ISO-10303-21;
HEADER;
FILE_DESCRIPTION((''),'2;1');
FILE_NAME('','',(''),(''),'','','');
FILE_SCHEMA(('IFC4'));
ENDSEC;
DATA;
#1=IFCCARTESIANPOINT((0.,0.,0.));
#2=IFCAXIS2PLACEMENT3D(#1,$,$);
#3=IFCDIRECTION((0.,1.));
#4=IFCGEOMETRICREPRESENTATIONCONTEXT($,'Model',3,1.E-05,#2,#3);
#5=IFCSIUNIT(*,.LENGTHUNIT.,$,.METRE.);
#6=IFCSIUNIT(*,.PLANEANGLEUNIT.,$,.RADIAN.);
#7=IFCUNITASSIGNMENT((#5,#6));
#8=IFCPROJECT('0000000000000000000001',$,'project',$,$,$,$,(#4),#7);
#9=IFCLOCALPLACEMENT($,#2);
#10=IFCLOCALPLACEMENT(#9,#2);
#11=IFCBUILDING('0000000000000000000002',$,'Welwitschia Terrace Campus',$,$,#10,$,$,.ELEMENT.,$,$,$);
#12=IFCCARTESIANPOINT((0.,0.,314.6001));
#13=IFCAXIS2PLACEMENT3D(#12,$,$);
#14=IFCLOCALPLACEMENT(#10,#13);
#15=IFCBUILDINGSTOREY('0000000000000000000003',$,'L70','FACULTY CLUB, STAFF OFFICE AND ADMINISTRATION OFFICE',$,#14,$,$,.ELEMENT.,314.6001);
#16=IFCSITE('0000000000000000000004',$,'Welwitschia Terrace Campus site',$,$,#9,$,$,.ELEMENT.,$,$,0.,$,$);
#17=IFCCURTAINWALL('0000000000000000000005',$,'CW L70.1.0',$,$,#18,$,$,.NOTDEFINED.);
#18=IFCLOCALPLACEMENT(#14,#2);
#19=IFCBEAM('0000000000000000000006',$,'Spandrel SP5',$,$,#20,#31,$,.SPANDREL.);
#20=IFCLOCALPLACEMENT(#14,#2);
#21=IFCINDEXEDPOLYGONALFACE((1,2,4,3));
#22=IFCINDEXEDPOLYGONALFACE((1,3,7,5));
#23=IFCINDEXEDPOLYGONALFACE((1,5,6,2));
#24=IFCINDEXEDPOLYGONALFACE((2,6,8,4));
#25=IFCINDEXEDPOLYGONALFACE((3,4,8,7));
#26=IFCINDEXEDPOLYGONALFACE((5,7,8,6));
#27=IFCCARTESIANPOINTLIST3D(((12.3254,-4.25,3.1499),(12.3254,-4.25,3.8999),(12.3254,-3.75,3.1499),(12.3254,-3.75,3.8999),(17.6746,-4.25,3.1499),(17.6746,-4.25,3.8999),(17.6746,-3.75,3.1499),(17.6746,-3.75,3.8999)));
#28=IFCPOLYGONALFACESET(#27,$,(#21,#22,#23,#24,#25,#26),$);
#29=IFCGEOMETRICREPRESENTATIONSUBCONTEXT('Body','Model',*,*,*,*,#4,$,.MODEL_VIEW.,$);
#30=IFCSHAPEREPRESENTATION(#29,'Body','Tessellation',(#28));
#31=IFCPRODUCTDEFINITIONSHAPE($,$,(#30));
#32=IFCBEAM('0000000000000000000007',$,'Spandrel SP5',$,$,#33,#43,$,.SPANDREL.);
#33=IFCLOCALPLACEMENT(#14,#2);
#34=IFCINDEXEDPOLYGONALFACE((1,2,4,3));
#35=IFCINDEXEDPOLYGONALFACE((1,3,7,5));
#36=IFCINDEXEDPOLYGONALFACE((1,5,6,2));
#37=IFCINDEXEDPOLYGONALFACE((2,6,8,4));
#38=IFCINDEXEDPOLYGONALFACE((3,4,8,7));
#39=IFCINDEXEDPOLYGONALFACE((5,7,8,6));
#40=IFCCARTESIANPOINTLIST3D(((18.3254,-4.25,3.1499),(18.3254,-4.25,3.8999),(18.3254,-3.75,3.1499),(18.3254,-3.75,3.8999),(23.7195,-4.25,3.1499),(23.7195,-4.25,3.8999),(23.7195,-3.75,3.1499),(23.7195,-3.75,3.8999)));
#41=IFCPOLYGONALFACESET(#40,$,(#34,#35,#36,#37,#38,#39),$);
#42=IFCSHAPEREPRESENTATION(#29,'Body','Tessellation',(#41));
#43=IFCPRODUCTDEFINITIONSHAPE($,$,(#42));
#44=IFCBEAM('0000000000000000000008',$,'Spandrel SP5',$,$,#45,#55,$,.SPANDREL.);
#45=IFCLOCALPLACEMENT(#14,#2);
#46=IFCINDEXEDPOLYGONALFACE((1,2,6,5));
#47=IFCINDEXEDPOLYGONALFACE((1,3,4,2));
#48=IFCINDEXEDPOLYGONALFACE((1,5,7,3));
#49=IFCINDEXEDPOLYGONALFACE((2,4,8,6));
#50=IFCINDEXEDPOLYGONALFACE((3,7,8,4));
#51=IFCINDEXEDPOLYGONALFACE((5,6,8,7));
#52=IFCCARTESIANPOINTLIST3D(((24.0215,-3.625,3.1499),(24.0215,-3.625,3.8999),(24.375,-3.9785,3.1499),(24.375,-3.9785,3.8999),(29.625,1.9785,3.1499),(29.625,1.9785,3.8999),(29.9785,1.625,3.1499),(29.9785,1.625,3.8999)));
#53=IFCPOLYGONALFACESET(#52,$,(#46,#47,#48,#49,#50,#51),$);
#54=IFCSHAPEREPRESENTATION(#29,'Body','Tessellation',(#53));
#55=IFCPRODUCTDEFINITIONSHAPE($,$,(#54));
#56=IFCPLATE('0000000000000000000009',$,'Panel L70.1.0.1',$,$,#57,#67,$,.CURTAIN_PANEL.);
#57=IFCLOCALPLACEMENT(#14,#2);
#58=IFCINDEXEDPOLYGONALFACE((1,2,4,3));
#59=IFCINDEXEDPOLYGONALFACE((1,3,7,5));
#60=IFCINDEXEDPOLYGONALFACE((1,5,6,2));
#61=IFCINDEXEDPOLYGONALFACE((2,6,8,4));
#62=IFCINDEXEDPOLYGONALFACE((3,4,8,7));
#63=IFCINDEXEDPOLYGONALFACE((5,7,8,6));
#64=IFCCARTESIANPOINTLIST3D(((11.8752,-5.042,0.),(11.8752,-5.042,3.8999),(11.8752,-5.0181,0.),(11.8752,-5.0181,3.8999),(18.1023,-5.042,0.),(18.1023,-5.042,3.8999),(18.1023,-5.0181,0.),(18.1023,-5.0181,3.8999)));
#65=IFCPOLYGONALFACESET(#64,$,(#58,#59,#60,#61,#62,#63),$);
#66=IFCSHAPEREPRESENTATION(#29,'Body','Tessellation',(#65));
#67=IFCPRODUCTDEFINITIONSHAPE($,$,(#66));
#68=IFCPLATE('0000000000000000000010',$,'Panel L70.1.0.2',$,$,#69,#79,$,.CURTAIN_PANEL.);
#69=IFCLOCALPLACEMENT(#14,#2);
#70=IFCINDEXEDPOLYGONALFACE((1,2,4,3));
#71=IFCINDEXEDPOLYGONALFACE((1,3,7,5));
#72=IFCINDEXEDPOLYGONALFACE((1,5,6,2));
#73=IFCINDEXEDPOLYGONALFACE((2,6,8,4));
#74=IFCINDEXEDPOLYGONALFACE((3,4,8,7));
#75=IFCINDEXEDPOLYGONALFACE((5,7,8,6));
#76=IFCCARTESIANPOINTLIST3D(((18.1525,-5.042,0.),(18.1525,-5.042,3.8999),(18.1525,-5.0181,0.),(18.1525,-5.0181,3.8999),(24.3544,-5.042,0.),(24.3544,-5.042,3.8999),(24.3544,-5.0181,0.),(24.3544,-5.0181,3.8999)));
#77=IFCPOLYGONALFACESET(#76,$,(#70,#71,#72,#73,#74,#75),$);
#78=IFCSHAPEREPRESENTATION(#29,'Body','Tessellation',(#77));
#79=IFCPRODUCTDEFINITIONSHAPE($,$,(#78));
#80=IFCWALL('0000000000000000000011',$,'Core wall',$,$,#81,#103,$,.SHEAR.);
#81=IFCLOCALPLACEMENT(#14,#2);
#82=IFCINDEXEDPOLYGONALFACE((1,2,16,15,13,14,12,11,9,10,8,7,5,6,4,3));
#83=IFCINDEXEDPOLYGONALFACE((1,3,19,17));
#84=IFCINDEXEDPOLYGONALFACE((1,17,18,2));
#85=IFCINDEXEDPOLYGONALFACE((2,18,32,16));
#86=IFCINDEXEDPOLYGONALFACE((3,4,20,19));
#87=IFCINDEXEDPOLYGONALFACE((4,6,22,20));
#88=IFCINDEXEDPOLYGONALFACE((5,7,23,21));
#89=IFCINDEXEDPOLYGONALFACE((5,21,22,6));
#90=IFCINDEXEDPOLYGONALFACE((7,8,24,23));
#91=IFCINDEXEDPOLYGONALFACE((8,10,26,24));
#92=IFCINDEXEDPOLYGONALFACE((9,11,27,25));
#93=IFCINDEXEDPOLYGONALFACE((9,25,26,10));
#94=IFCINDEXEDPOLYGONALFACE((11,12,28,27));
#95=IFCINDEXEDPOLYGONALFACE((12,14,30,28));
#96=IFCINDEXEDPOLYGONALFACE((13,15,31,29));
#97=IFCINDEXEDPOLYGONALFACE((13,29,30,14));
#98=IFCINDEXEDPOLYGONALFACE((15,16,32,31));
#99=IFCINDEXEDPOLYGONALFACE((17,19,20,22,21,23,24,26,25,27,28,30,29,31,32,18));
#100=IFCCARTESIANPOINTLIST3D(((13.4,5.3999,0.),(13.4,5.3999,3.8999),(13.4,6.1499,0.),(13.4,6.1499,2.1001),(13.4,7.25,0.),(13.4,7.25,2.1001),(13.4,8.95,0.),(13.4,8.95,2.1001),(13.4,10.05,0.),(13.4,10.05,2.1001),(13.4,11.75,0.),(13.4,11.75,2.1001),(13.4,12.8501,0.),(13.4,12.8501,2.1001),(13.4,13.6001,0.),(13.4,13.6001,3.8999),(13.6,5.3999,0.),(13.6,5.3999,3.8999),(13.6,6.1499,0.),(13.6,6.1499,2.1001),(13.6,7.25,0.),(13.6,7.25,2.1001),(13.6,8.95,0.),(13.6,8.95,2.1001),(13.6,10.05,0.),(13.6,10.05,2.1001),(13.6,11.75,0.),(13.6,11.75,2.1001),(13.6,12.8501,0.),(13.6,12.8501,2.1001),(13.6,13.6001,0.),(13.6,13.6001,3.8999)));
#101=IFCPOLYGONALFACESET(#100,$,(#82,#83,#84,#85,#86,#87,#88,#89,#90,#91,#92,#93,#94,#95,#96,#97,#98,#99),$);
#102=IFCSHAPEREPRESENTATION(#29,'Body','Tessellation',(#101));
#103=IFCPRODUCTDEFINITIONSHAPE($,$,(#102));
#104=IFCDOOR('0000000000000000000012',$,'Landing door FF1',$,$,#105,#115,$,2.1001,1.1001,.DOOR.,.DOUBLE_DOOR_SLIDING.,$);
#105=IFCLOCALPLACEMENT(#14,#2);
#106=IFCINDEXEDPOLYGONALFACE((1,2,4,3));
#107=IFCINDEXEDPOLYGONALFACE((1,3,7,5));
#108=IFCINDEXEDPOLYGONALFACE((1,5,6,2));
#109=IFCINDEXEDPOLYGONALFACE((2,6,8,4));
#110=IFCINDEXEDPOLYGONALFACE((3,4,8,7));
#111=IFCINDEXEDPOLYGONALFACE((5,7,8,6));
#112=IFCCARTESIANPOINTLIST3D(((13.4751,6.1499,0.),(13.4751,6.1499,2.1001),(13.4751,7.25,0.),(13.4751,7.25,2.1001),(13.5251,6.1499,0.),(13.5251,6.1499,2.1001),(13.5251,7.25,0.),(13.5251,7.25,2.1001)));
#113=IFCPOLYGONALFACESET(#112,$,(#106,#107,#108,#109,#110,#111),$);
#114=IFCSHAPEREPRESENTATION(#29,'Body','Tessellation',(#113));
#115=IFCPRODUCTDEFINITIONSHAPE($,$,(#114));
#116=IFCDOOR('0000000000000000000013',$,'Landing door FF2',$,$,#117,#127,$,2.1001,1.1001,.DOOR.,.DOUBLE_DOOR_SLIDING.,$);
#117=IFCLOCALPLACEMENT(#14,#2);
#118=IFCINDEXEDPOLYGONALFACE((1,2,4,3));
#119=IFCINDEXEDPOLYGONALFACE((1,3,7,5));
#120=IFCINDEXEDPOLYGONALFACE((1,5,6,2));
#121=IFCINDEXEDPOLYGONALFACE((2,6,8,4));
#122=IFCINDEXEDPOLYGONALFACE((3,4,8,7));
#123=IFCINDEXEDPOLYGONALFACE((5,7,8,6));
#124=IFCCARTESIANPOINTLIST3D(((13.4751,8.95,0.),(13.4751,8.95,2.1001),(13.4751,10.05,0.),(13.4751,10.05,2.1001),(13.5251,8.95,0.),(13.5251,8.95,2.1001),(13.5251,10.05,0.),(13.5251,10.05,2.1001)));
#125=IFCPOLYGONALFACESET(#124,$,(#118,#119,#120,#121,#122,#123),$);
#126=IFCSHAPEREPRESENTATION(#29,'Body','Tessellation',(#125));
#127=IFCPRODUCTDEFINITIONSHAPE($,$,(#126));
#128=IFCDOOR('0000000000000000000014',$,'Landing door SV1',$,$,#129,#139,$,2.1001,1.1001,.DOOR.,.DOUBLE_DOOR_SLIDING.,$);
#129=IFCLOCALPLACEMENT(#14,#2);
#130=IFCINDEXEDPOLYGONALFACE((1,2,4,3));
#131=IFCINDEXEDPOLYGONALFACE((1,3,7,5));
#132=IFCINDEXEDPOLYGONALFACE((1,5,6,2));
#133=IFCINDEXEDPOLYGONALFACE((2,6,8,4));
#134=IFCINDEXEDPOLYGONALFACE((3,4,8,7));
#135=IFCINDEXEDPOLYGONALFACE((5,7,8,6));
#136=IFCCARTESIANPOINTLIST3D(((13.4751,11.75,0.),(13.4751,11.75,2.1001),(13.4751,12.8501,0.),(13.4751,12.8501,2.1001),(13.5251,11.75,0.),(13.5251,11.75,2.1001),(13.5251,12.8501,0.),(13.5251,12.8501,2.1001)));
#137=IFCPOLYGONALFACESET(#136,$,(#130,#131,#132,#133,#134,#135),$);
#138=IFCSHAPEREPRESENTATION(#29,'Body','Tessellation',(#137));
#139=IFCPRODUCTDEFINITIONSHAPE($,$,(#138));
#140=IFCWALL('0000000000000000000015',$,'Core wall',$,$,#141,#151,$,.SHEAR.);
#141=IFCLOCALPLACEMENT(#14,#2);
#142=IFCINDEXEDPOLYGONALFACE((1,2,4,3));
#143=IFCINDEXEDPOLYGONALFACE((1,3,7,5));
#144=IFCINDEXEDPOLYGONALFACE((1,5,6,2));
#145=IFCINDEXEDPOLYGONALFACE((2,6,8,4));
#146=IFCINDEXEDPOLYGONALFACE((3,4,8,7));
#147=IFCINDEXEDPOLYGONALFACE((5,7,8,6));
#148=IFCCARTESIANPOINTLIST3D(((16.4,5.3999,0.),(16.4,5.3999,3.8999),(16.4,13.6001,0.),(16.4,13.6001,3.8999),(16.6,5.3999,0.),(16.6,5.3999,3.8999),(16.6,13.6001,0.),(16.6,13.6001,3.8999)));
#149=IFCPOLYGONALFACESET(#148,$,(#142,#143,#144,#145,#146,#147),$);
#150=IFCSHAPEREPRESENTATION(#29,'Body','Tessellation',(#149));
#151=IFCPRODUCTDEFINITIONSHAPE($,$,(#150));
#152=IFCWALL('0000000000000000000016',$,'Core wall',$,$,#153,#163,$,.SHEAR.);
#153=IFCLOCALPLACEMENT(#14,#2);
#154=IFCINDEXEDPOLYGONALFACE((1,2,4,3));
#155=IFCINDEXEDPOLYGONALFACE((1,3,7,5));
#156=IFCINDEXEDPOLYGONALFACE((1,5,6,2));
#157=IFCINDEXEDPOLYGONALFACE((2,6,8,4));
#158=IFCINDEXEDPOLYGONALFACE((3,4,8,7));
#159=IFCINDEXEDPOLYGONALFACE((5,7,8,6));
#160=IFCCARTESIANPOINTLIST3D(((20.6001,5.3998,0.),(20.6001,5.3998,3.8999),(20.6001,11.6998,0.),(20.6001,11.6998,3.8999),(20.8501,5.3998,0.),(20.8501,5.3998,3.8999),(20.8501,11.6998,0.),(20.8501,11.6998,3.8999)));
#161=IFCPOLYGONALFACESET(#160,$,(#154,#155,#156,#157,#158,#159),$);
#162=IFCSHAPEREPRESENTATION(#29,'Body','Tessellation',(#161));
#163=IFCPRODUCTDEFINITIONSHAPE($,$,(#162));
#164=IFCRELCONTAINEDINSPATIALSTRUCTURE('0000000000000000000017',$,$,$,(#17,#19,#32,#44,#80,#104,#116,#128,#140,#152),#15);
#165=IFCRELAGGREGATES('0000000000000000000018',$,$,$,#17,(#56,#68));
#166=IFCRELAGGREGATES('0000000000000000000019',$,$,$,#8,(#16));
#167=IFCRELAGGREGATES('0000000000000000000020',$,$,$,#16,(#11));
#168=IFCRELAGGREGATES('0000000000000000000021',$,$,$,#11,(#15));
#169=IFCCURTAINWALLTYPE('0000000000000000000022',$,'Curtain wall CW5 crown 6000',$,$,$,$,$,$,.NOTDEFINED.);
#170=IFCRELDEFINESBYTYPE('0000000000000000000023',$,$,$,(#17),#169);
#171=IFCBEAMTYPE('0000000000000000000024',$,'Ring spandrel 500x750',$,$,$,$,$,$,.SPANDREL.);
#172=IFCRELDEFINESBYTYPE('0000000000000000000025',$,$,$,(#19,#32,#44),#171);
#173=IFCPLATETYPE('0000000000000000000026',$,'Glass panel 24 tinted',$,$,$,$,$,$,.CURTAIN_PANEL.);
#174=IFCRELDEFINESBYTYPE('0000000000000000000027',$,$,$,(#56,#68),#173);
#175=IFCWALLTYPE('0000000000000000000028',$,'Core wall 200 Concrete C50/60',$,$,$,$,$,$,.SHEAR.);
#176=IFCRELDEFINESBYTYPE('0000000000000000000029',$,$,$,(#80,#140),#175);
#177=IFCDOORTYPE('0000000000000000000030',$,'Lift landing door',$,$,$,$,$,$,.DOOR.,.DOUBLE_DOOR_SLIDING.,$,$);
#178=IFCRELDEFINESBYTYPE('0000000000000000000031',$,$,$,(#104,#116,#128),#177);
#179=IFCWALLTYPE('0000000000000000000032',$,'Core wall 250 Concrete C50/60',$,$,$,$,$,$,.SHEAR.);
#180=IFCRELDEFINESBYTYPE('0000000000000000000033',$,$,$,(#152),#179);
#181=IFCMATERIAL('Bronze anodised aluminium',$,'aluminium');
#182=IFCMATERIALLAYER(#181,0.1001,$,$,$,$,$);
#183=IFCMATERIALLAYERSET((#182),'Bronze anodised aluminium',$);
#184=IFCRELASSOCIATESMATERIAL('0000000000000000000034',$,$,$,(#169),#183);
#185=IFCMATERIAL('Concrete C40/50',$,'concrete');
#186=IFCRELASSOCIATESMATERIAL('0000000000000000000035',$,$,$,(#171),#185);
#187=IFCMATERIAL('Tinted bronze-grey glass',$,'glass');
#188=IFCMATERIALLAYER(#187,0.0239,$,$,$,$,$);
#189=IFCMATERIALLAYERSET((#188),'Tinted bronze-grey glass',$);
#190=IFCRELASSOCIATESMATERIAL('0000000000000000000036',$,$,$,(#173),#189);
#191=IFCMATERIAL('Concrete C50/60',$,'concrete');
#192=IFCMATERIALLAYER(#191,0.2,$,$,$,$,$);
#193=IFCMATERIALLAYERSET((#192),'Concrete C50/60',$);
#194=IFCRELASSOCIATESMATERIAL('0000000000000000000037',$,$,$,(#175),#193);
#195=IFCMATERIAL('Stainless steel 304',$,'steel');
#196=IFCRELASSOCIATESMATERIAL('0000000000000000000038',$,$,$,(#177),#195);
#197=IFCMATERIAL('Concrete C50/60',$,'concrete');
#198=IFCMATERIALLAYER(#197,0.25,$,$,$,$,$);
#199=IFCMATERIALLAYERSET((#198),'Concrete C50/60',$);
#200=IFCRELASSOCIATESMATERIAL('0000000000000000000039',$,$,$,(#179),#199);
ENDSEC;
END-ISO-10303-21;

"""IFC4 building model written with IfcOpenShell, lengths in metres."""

from ifc_helpers import new_model, si_unit, direction, frame, frame_2d, origin, origin_2d, place, context, subcontext, project, spatial, rectangle, extrude, material, layer, layer_set, material_profile, profile_set, type_object, element, fill, aggregate, save


model = new_model("IFC4")

# Units and contexts
model_context = context("Model", 3, precision=1e-05, world=origin(), true_north=direction((0.0, 1.0)))
body_context = subcontext(model_context, "Body", "Model", "MODEL_VIEW")
ifc_project = project(units=[si_unit("LENGTHUNIT", "METRE"), si_unit("PLANEANGLEUNIT", "RADIAN")], contexts=[model_context])

# Site, building, storey
site_placement = place(None, origin())
site = spatial("IfcSite", under=ifc_project, at=site_placement, Name="Welwitschia Terrace Campus site", CompositionType="ELEMENT", RefElevation=0.0)
building_placement = place(site_placement, origin())
building = spatial("IfcBuilding", under=site, at=building_placement, Name="Welwitschia Terrace Campus", CompositionType="ELEMENT")
storey_placement = place(building_placement, frame((0.0, 0.0, 314.6001)))
storey = spatial("IfcBuildingStorey", under=building, at=storey_placement, Name="L70", Description="FACULTY CLUB, STAFF OFFICE AND ADMINISTRATION OFFICE", CompositionType="ELEMENT", Elevation=314.6001)

# Curtain wall
ifc_material_1 = material(Name="Bronze anodised aluminium", Category="aluminium")
ifc_layer_1 = layer(ifc_material_1, 0.1001)
ifc_layer_set_1 = layer_set([ifc_layer_1], Name="Bronze anodised aluminium")
curtain_wall_type = type_object("IfcCurtainWallType", Name="Curtain wall CW5 crown 6000", PredefinedType="NOTDEFINED", material=ifc_layer_set_1)
curtain_wall_placement = place(storey_placement, origin())
curtain_wall = element("IfcCurtainWall", 1, at=curtain_wall_placement, inside=storey, type_object=curtain_wall_type, Name="CW L70.1.0", PredefinedType="NOTDEFINED")

# Beams
ifc_material_2 = material(Name="Concrete C40/50", Category="concrete")
ifc_material_profile_1 = material_profile(ifc_material_2, rectangle(XDim=0.5, YDim=0.75, at=origin_2d()))
ifc_profile_set_1 = profile_set([ifc_material_profile_1], Name="Concrete C40/50")
beam_type_1 = type_object("IfcBeamType", Name="Ring spandrel 500x750", PredefinedType="SPANDREL", material=ifc_profile_set_1)
beam_1_placement = place(storey_placement, frame((12.3254, -4.0, 3.5249), z_axis=(1.0, 0.0, 0.0), x_axis=(0.0, 1.0, 0.0)))
element("IfcBeam", 2, at=beam_1_placement, inside=storey, type_object=beam_type_1, Name="Spandrel SP5", PredefinedType="SPANDREL", context=body_context, shape_type="SweptSolid", body=[
    extrude(rectangle(XDim=0.5, YDim=0.75, at=origin_2d()), origin(), (0.0, 0.0, 1.0), 5.3491),
])
beam_2_placement = place(storey_placement, frame((18.3254, -4.0, 3.5249), z_axis=(1.0, 0.0, 0.0), x_axis=(0.0, 1.0, 0.0)))
element("IfcBeam", 3, at=beam_2_placement, inside=storey, type_object=beam_type_1, Name="Spandrel SP5", PredefinedType="SPANDREL", context=body_context, shape_type="SweptSolid", body=[
    extrude(rectangle(XDim=0.5, YDim=0.75, at=origin_2d()), origin(), (0.0, 0.0, 1.0), 5.394),
])
beam_3_placement = place(storey_placement, frame((24.1982, -3.8018, 3.5249), z_axis=(0.707107, 0.707107, 0.0), x_axis=(-0.707107, 0.707107, 0.0)))
element("IfcBeam", 4, at=beam_3_placement, inside=storey, type_object=beam_type_1, Name="Spandrel SP5", PredefinedType="SPANDREL", context=body_context, shape_type="SweptSolid", body=[
    extrude(rectangle(XDim=0.5, YDim=0.75, at=origin_2d()), origin(), (0.0, 0.0, 1.0), 7.9246),
])

# Plates
ifc_material_3 = material(Name="Tinted bronze-grey glass", Category="glass")
ifc_layer_2 = layer(ifc_material_3, 0.0239)
ifc_layer_set_2 = layer_set([ifc_layer_2], Name="Tinted bronze-grey glass")
plate_type = type_object("IfcPlateType", Name="Glass panel 24 tinted", PredefinedType="CURTAIN_PANEL", material=ifc_layer_set_2)
plate_1_placement = place(storey_placement, frame((14.9888, -5.03, 0.0), z_axis=(0.0, 0.0, 1.0), x_axis=(1.0, 0.0, 0.0)))
plate_1 = element("IfcPlate", 5, at=plate_1_placement, type_object=plate_type, Name="Panel L70.1.0.1", PredefinedType="CURTAIN_PANEL", context=body_context, shape_type="SweptSolid", body=[
    extrude(rectangle(XDim=6.2271, YDim=0.0239, at=origin_2d()), origin(), (0.0, 0.0, 1.0), 3.8999),
])
plate_2_placement = place(storey_placement, frame((21.2534, -5.03, 0.0), z_axis=(0.0, 0.0, 1.0), x_axis=(1.0, 0.0, 0.0)))
plate_2 = element("IfcPlate", 6, at=plate_2_placement, type_object=plate_type, Name="Panel L70.1.0.2", PredefinedType="CURTAIN_PANEL", context=body_context, shape_type="SweptSolid", body=[
    extrude(rectangle(XDim=6.2019, YDim=0.0239, at=origin_2d()), origin(), (0.0, 0.0, 1.0), 3.8999),
])
aggregate(curtain_wall, [plate_1, plate_2])

# Wall, openings, doors
ifc_material_4 = material(Name="Concrete C50/60", Category="concrete")
ifc_layer_3 = layer(ifc_material_4, 0.2)
ifc_layer_set_3 = layer_set([ifc_layer_3], Name="Concrete C50/60")
wall_type_1 = type_object("IfcWallType", Name="Core wall 200 Concrete C50/60", PredefinedType="SHEAR", material=ifc_layer_set_3)
wall_1_placement = place(storey_placement, frame((13.5, 5.3999, 0.0), z_axis=(0.0, 0.0, 1.0), x_axis=(0.0, 1.0, 0.0)))
wall_1 = element("IfcWall", 7, at=wall_1_placement, inside=storey, type_object=wall_type_1, Name="Core wall", PredefinedType="SHEAR", context=body_context, shape_type="SweptSolid", body=[
    extrude(rectangle(XDim=8.2002, YDim=0.2, at=frame_2d((4.1001, 0.0))), origin(), (0.0, 0.0, 1.0), 3.8999),
])
opening_1_placement = place(wall_1_placement, frame((0.75, 0.0, 0.0)))
opening_1 = element("IfcOpeningElement", 8, at=opening_1_placement, cuts=wall_1, PredefinedType="OPENING", context=body_context, shape_type="SweptSolid", body=[
    extrude(rectangle(XDim=1.1001, YDim=2.1001, at=frame_2d((0.55, 1.05))), frame((0.0, 0.1099, 0.0), z_axis=(0.0, -1.0, 0.0), x_axis=(1.0, 0.0, 0.0)), (0.0, 0.0, 1.0), 0.22),
])
opening_2_placement = place(wall_1_placement, frame((3.55, 0.0, 0.0)))
opening_2 = element("IfcOpeningElement", 9, at=opening_2_placement, cuts=wall_1, PredefinedType="OPENING", context=body_context, shape_type="SweptSolid", body=[
    extrude(rectangle(XDim=1.1001, YDim=2.1001, at=frame_2d((0.55, 1.05))), frame((0.0, 0.1099, 0.0), z_axis=(0.0, -1.0, 0.0), x_axis=(1.0, 0.0, 0.0)), (0.0, 0.0, 1.0), 0.22),
])
opening_3_placement = place(wall_1_placement, frame((6.3501, 0.0, 0.0)))
opening_3 = element("IfcOpeningElement", 10, at=opening_3_placement, cuts=wall_1, PredefinedType="OPENING", context=body_context, shape_type="SweptSolid", body=[
    extrude(rectangle(XDim=1.1001, YDim=2.1001, at=frame_2d((0.55, 1.05))), frame((0.0, 0.1099, 0.0), z_axis=(0.0, -1.0, 0.0), x_axis=(1.0, 0.0, 0.0)), (0.0, 0.0, 1.0), 0.22),
])
ifc_material_5 = material(Name="Stainless steel 304", Category="steel")
door_type_1 = type_object("IfcDoorType", Name="Lift landing door", OperationType="DOUBLE_DOOR_SLIDING", PredefinedType="DOOR", material=ifc_material_5)
door_1_placement = place(opening_1_placement, origin())
door_1 = element("IfcDoor", 11, at=door_1_placement, inside=storey, type_object=door_type_1, Name="Landing door FF1", OperationType="DOUBLE_DOOR_SLIDING", OverallHeight=2.1001, OverallWidth=1.1001, PredefinedType="DOOR", context=body_context, shape_type="SweptSolid", body=[
    extrude(rectangle(XDim=1.1001, YDim=2.1001, at=frame_2d((0.55, 1.05))), frame((0.0, 0.0249, 0.0), z_axis=(0.0, -1.0, 0.0), x_axis=(1.0, 0.0, 0.0)), (0.0, 0.0, 1.0), 0.05),
])
fill(opening_1, door_1)
door_2_placement = place(opening_2_placement, origin())
door_2 = element("IfcDoor", 12, at=door_2_placement, inside=storey, type_object=door_type_1, Name="Landing door FF2", OperationType="DOUBLE_DOOR_SLIDING", OverallHeight=2.1001, OverallWidth=1.1001, PredefinedType="DOOR", context=body_context, shape_type="SweptSolid", body=[
    extrude(rectangle(XDim=1.1001, YDim=2.1001, at=frame_2d((0.55, 1.05))), frame((0.0, 0.0249, 0.0), z_axis=(0.0, -1.0, 0.0), x_axis=(1.0, 0.0, 0.0)), (0.0, 0.0, 1.0), 0.05),
])
fill(opening_2, door_2)
door_3_placement = place(opening_3_placement, origin())
door_3 = element("IfcDoor", 13, at=door_3_placement, inside=storey, type_object=door_type_1, Name="Landing door SV1", OperationType="DOUBLE_DOOR_SLIDING", OverallHeight=2.1001, OverallWidth=1.1001, PredefinedType="DOOR", context=body_context, shape_type="SweptSolid", body=[
    extrude(rectangle(XDim=1.1001, YDim=2.1001, at=frame_2d((0.55, 1.05))), frame((0.0, 0.0249, 0.0), z_axis=(0.0, -1.0, 0.0), x_axis=(1.0, 0.0, 0.0)), (0.0, 0.0, 1.0), 0.05),
])
fill(opening_3, door_3)

# Walls
wall_2_placement = place(storey_placement, frame((16.5, 5.3999, 0.0), z_axis=(0.0, 0.0, 1.0), x_axis=(0.0, 1.0, 0.0)))
element("IfcWall", 14, at=wall_2_placement, inside=storey, type_object=wall_type_1, Name="Core wall", PredefinedType="SHEAR", context=body_context, shape_type="SweptSolid", body=[
    extrude(rectangle(XDim=8.2002, YDim=0.2, at=frame_2d((4.1001, 0.0))), origin(), (0.0, 0.0, 1.0), 3.8999),
])
ifc_material_6 = material(Name="Concrete C50/60", Category="concrete")
ifc_layer_4 = layer(ifc_material_6, 0.25)
ifc_layer_set_4 = layer_set([ifc_layer_4], Name="Concrete C50/60")
wall_type_2 = type_object("IfcWallType", Name="Core wall 250 Concrete C50/60", PredefinedType="SHEAR", material=ifc_layer_set_4)
wall_3_placement = place(storey_placement, frame((20.7251, 5.3999, 0.0), z_axis=(0.0, 0.0, 1.0), x_axis=(0.0, 1.0, 0.0)))
element("IfcWall", 15, at=wall_3_placement, inside=storey, type_object=wall_type_2, Name="Core wall", PredefinedType="SHEAR", context=body_context, shape_type="SweptSolid", body=[
    extrude(rectangle(XDim=6.3, YDim=0.25, at=frame_2d((3.1499, 0.0))), origin(), (0.0, 0.0, 1.0), 3.8999),
])

save(model, "model.ifc")
